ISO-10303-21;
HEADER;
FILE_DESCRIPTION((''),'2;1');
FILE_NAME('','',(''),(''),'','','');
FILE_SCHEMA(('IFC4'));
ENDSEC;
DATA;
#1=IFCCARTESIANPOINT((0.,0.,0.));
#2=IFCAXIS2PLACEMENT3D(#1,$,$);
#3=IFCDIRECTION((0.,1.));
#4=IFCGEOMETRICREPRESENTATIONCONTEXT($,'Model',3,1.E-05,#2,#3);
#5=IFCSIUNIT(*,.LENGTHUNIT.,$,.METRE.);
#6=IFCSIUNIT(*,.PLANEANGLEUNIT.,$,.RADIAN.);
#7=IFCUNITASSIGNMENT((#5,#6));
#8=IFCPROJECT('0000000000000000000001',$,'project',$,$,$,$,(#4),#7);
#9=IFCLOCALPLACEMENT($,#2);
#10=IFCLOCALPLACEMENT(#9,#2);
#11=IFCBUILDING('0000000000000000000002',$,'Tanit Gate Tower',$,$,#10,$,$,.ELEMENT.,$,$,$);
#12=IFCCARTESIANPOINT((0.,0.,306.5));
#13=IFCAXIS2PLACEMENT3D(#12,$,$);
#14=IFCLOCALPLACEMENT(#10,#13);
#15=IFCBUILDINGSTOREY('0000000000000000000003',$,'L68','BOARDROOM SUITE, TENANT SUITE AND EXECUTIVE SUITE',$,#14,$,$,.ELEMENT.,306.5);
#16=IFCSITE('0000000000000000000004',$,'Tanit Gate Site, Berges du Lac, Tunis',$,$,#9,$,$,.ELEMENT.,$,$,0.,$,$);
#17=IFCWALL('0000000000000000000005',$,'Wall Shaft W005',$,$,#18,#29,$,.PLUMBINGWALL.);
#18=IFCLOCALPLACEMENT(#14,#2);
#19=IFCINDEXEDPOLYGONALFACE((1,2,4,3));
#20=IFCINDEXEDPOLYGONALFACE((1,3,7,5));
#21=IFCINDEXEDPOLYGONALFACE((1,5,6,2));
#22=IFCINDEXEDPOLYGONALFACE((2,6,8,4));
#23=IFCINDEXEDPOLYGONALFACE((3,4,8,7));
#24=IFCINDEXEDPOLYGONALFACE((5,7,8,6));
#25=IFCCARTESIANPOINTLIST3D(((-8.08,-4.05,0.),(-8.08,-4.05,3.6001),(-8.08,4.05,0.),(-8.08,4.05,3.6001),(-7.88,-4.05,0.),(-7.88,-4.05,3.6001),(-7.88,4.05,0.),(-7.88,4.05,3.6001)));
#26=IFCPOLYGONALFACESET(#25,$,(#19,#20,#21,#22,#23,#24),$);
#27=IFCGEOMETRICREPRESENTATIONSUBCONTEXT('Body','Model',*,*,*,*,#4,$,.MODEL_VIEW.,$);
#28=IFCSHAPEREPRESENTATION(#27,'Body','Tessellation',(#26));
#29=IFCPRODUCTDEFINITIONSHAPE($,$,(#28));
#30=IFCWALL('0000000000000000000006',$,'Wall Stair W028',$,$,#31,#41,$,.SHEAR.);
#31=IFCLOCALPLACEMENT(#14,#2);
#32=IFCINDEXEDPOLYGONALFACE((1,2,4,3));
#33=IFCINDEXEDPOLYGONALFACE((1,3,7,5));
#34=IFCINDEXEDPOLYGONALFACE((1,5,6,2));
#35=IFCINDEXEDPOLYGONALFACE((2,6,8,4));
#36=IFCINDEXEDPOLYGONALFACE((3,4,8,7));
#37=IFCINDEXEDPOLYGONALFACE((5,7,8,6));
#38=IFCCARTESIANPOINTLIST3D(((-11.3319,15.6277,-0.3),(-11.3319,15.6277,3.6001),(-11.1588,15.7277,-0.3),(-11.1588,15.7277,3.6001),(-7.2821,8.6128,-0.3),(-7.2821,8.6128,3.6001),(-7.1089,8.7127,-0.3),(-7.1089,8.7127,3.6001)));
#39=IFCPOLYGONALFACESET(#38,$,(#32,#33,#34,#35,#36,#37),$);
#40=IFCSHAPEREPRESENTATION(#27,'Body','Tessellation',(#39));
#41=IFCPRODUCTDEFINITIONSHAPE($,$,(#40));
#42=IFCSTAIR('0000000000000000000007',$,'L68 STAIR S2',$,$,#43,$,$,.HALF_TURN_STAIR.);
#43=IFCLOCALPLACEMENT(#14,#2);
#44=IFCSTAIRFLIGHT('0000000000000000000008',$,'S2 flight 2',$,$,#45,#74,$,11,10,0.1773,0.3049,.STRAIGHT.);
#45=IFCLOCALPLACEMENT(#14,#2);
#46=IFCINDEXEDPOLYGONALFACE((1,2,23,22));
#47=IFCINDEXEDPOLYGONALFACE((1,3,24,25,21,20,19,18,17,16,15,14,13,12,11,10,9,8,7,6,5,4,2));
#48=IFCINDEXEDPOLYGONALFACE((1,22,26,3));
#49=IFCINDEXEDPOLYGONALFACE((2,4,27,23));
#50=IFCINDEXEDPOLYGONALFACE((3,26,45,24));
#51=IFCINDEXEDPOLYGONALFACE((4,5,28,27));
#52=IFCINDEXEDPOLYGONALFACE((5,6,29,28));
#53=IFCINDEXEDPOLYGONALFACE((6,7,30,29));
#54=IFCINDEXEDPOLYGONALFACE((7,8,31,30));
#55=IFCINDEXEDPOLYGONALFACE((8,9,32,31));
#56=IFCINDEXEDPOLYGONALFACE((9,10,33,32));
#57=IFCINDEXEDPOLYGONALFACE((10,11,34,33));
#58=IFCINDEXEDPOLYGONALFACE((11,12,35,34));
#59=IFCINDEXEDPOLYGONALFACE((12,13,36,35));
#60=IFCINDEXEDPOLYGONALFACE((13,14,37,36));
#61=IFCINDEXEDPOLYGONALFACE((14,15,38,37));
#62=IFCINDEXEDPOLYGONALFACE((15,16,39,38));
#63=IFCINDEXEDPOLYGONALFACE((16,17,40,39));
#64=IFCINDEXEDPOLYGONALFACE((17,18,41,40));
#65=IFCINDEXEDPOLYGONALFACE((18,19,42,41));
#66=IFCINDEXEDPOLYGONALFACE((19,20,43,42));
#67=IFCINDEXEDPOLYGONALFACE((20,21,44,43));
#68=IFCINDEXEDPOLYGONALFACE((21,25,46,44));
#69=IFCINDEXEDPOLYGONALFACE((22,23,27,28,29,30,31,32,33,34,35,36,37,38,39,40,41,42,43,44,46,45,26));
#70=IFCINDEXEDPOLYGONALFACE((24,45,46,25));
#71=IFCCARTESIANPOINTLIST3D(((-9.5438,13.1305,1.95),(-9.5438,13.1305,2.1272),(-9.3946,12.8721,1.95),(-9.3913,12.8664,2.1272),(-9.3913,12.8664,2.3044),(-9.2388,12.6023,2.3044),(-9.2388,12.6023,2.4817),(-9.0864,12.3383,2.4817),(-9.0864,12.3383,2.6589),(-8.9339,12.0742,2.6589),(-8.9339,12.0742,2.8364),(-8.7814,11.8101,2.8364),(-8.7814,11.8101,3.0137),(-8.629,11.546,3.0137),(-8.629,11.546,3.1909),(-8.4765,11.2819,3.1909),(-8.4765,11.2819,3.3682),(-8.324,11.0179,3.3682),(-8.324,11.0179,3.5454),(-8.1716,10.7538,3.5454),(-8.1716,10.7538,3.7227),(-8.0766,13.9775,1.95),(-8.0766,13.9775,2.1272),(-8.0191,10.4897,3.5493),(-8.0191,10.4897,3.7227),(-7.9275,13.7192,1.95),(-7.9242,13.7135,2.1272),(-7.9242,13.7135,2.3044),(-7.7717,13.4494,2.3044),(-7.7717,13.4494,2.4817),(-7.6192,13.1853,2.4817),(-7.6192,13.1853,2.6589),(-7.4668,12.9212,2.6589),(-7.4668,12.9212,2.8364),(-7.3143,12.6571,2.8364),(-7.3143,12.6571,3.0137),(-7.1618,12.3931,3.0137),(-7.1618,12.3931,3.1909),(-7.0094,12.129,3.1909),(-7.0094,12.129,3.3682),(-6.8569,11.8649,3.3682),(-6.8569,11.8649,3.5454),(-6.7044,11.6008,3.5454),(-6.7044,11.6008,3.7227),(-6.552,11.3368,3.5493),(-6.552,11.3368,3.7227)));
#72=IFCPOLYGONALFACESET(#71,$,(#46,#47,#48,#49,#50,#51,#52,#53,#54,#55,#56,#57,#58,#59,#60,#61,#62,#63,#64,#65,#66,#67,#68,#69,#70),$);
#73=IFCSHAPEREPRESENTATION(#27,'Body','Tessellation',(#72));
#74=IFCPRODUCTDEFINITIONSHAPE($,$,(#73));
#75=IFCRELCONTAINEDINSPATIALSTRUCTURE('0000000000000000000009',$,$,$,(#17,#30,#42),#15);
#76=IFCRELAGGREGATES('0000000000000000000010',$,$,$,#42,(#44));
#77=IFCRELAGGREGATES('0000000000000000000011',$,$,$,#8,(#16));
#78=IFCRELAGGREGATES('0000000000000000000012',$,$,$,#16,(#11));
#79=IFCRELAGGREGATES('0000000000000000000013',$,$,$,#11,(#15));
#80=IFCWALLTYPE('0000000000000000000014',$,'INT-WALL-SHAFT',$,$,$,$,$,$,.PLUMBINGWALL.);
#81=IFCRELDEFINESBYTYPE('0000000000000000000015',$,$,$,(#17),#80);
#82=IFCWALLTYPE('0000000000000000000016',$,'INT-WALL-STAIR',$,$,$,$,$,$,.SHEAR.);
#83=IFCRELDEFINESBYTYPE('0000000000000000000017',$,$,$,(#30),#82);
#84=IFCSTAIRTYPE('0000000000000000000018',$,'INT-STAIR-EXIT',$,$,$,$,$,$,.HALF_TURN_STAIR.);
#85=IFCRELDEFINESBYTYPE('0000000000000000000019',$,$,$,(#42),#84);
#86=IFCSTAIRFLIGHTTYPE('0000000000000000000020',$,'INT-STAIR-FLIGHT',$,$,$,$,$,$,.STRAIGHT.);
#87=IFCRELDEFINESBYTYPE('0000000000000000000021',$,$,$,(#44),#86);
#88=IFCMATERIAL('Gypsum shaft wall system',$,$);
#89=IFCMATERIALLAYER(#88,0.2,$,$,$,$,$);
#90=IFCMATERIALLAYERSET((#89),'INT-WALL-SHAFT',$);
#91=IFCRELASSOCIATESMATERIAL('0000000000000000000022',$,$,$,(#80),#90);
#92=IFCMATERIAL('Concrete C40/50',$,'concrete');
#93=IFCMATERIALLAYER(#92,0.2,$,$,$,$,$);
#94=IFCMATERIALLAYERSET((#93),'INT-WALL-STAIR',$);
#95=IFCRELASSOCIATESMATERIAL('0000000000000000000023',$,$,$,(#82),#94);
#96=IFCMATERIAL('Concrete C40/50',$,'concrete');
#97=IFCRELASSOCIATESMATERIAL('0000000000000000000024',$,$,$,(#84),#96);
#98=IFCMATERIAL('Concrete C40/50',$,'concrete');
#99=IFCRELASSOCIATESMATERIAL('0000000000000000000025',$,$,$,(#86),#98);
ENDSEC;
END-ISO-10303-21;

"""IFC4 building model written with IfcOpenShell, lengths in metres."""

from ifc_helpers import new_model, si_unit, direction, frame, frame_2d, origin, place, context, subcontext, project, spatial, polyline, rectangle, outline, extrude, material, layer, layer_set, type_object, element, aggregate, save


model = new_model("IFC4")

# Units and contexts
model_context = context("Model", 3, precision=1e-05, world=origin(), true_north=direction((0.0, 1.0)))
body_context = subcontext(model_context, "Body", "Model", "MODEL_VIEW")
ifc_project = project(units=[si_unit("LENGTHUNIT", "METRE"), si_unit("PLANEANGLEUNIT", "RADIAN")], contexts=[model_context])

# Site, building, storey
site_placement = place(None, origin())
site = spatial("IfcSite", under=ifc_project, at=site_placement, Name="Tanit Gate Site, Berges du Lac, Tunis", CompositionType="ELEMENT", RefElevation=0.0)
building_placement = place(site_placement, origin())
building = spatial("IfcBuilding", under=site, at=building_placement, Name="Tanit Gate Tower", CompositionType="ELEMENT")
storey_placement = place(building_placement, frame((0.0, 0.0, 306.5)))
storey = spatial("IfcBuildingStorey", under=building, at=storey_placement, Name="L68", Description="BOARDROOM SUITE, TENANT SUITE AND EXECUTIVE SUITE", CompositionType="ELEMENT", Elevation=306.5)

# Walls
ifc_material_1 = material(Name="Gypsum shaft wall system")
ifc_layer_1 = layer(ifc_material_1, 0.2)
ifc_layer_set_1 = layer_set([ifc_layer_1], Name="INT-WALL-SHAFT")
wall_type_1 = type_object("IfcWallType", Name="INT-WALL-SHAFT", PredefinedType="PLUMBINGWALL", material=ifc_layer_set_1)
wall_1_placement = place(storey_placement, frame((-7.98, 4.05, 0.0), z_axis=(0.0, 0.0, 1.0), x_axis=(0.0, -1.0, 0.0)))
element("IfcWall", 1, at=wall_1_placement, inside=storey, type_object=wall_type_1, Name="Wall Shaft W005", PredefinedType="PLUMBINGWALL", context=body_context, shape_type="SweptSolid", body=[
    extrude(rectangle(XDim=8.1001, YDim=0.2, at=frame_2d((4.05, 0.0))), origin(), (0.0, 0.0, 1.0), 3.6001),
])
ifc_material_2 = material(Name="Concrete C40/50", Category="concrete")
ifc_layer_2 = layer(ifc_material_2, 0.2)
ifc_layer_set_2 = layer_set([ifc_layer_2], Name="INT-WALL-STAIR")
wall_type_2 = type_object("IfcWallType", Name="INT-WALL-STAIR", PredefinedType="SHEAR", material=ifc_layer_set_2)
wall_2_placement = place(storey_placement, frame((-11.2454, 15.6777, -0.3), z_axis=(0.0, 0.0, 1.0), x_axis=(0.499977, -0.866039, 0.0)))
element("IfcWall", 2, at=wall_2_placement, inside=storey, type_object=wall_type_2, Name="Wall Stair W028", PredefinedType="SHEAR", context=body_context, shape_type="SweptSolid", body=[
    extrude(rectangle(XDim=8.1001, YDim=0.2, at=frame_2d((4.05, 0.0))), origin(), (0.0, 0.0, 1.0), 3.9001),
])

# Stair, stair flight
ifc_material_3 = material(Name="Concrete C40/50", Category="concrete")
stair_type = type_object("IfcStairType", Name="INT-STAIR-EXIT", PredefinedType="HALF_TURN_STAIR", material=ifc_material_3)
stair_placement = place(storey_placement, origin())
stair = element("IfcStair", 3, at=stair_placement, inside=storey, type_object=stair_type, Name="L68 STAIR S2", PredefinedType="HALF_TURN_STAIR")
ifc_material_4 = material(Name="Concrete C40/50", Category="concrete")
stair_flight_type = type_object("IfcStairFlightType", Name="INT-STAIR-FLIGHT", PredefinedType="STRAIGHT", material=ifc_material_4)
stair_flight_placement = place(storey_placement, frame((-8.8103, 13.554, 1.95), z_axis=(0.0, 0.0, 1.0), x_axis=(0.5, -0.866025, 0.0)))
stair_flight = element("IfcStairFlight", 4, at=stair_flight_placement, type_object=stair_flight_type, Name="S2 flight 2", NumberOfRisers=11, NumberOfTreads=10, PredefinedType="STRAIGHT", RiserHeight=0.1773, TreadLength=0.3049, context=body_context, shape_type="SweptSolid", body=[
    extrude(outline(polyline([(0.0, 0.0), (0.0, 0.1772), (0.3049, 0.1772), (0.3049, 0.3545), (0.6099, 0.3545), (0.6099, 0.5317), (0.9148, 0.5317), (0.9148, 0.709), (1.2197, 0.709), (1.2197, 0.8865), (1.5247, 0.8865), (1.5247, 1.0637), (1.8296, 1.0637), (1.8296, 1.241), (2.1345, 1.241), (2.1345, 1.4182), (2.4395, 1.4182), (2.4395, 1.5955), (2.7444, 1.5955), (2.7444, 1.7727), (3.0493, 1.7727), (3.0493, 1.95), (3.0493, 1.5994), (0.2983, 0.0), (0.0, 0.0)])), frame((0.0, 0.8472, 0.0), z_axis=(0.0, -1.0, 0.0), x_axis=(1.0, 0.0, 0.0)), (0.0, 0.0, 1.0), 1.6941),
])
aggregate(stair, [stair_flight])

save(model, "model.ifc")
